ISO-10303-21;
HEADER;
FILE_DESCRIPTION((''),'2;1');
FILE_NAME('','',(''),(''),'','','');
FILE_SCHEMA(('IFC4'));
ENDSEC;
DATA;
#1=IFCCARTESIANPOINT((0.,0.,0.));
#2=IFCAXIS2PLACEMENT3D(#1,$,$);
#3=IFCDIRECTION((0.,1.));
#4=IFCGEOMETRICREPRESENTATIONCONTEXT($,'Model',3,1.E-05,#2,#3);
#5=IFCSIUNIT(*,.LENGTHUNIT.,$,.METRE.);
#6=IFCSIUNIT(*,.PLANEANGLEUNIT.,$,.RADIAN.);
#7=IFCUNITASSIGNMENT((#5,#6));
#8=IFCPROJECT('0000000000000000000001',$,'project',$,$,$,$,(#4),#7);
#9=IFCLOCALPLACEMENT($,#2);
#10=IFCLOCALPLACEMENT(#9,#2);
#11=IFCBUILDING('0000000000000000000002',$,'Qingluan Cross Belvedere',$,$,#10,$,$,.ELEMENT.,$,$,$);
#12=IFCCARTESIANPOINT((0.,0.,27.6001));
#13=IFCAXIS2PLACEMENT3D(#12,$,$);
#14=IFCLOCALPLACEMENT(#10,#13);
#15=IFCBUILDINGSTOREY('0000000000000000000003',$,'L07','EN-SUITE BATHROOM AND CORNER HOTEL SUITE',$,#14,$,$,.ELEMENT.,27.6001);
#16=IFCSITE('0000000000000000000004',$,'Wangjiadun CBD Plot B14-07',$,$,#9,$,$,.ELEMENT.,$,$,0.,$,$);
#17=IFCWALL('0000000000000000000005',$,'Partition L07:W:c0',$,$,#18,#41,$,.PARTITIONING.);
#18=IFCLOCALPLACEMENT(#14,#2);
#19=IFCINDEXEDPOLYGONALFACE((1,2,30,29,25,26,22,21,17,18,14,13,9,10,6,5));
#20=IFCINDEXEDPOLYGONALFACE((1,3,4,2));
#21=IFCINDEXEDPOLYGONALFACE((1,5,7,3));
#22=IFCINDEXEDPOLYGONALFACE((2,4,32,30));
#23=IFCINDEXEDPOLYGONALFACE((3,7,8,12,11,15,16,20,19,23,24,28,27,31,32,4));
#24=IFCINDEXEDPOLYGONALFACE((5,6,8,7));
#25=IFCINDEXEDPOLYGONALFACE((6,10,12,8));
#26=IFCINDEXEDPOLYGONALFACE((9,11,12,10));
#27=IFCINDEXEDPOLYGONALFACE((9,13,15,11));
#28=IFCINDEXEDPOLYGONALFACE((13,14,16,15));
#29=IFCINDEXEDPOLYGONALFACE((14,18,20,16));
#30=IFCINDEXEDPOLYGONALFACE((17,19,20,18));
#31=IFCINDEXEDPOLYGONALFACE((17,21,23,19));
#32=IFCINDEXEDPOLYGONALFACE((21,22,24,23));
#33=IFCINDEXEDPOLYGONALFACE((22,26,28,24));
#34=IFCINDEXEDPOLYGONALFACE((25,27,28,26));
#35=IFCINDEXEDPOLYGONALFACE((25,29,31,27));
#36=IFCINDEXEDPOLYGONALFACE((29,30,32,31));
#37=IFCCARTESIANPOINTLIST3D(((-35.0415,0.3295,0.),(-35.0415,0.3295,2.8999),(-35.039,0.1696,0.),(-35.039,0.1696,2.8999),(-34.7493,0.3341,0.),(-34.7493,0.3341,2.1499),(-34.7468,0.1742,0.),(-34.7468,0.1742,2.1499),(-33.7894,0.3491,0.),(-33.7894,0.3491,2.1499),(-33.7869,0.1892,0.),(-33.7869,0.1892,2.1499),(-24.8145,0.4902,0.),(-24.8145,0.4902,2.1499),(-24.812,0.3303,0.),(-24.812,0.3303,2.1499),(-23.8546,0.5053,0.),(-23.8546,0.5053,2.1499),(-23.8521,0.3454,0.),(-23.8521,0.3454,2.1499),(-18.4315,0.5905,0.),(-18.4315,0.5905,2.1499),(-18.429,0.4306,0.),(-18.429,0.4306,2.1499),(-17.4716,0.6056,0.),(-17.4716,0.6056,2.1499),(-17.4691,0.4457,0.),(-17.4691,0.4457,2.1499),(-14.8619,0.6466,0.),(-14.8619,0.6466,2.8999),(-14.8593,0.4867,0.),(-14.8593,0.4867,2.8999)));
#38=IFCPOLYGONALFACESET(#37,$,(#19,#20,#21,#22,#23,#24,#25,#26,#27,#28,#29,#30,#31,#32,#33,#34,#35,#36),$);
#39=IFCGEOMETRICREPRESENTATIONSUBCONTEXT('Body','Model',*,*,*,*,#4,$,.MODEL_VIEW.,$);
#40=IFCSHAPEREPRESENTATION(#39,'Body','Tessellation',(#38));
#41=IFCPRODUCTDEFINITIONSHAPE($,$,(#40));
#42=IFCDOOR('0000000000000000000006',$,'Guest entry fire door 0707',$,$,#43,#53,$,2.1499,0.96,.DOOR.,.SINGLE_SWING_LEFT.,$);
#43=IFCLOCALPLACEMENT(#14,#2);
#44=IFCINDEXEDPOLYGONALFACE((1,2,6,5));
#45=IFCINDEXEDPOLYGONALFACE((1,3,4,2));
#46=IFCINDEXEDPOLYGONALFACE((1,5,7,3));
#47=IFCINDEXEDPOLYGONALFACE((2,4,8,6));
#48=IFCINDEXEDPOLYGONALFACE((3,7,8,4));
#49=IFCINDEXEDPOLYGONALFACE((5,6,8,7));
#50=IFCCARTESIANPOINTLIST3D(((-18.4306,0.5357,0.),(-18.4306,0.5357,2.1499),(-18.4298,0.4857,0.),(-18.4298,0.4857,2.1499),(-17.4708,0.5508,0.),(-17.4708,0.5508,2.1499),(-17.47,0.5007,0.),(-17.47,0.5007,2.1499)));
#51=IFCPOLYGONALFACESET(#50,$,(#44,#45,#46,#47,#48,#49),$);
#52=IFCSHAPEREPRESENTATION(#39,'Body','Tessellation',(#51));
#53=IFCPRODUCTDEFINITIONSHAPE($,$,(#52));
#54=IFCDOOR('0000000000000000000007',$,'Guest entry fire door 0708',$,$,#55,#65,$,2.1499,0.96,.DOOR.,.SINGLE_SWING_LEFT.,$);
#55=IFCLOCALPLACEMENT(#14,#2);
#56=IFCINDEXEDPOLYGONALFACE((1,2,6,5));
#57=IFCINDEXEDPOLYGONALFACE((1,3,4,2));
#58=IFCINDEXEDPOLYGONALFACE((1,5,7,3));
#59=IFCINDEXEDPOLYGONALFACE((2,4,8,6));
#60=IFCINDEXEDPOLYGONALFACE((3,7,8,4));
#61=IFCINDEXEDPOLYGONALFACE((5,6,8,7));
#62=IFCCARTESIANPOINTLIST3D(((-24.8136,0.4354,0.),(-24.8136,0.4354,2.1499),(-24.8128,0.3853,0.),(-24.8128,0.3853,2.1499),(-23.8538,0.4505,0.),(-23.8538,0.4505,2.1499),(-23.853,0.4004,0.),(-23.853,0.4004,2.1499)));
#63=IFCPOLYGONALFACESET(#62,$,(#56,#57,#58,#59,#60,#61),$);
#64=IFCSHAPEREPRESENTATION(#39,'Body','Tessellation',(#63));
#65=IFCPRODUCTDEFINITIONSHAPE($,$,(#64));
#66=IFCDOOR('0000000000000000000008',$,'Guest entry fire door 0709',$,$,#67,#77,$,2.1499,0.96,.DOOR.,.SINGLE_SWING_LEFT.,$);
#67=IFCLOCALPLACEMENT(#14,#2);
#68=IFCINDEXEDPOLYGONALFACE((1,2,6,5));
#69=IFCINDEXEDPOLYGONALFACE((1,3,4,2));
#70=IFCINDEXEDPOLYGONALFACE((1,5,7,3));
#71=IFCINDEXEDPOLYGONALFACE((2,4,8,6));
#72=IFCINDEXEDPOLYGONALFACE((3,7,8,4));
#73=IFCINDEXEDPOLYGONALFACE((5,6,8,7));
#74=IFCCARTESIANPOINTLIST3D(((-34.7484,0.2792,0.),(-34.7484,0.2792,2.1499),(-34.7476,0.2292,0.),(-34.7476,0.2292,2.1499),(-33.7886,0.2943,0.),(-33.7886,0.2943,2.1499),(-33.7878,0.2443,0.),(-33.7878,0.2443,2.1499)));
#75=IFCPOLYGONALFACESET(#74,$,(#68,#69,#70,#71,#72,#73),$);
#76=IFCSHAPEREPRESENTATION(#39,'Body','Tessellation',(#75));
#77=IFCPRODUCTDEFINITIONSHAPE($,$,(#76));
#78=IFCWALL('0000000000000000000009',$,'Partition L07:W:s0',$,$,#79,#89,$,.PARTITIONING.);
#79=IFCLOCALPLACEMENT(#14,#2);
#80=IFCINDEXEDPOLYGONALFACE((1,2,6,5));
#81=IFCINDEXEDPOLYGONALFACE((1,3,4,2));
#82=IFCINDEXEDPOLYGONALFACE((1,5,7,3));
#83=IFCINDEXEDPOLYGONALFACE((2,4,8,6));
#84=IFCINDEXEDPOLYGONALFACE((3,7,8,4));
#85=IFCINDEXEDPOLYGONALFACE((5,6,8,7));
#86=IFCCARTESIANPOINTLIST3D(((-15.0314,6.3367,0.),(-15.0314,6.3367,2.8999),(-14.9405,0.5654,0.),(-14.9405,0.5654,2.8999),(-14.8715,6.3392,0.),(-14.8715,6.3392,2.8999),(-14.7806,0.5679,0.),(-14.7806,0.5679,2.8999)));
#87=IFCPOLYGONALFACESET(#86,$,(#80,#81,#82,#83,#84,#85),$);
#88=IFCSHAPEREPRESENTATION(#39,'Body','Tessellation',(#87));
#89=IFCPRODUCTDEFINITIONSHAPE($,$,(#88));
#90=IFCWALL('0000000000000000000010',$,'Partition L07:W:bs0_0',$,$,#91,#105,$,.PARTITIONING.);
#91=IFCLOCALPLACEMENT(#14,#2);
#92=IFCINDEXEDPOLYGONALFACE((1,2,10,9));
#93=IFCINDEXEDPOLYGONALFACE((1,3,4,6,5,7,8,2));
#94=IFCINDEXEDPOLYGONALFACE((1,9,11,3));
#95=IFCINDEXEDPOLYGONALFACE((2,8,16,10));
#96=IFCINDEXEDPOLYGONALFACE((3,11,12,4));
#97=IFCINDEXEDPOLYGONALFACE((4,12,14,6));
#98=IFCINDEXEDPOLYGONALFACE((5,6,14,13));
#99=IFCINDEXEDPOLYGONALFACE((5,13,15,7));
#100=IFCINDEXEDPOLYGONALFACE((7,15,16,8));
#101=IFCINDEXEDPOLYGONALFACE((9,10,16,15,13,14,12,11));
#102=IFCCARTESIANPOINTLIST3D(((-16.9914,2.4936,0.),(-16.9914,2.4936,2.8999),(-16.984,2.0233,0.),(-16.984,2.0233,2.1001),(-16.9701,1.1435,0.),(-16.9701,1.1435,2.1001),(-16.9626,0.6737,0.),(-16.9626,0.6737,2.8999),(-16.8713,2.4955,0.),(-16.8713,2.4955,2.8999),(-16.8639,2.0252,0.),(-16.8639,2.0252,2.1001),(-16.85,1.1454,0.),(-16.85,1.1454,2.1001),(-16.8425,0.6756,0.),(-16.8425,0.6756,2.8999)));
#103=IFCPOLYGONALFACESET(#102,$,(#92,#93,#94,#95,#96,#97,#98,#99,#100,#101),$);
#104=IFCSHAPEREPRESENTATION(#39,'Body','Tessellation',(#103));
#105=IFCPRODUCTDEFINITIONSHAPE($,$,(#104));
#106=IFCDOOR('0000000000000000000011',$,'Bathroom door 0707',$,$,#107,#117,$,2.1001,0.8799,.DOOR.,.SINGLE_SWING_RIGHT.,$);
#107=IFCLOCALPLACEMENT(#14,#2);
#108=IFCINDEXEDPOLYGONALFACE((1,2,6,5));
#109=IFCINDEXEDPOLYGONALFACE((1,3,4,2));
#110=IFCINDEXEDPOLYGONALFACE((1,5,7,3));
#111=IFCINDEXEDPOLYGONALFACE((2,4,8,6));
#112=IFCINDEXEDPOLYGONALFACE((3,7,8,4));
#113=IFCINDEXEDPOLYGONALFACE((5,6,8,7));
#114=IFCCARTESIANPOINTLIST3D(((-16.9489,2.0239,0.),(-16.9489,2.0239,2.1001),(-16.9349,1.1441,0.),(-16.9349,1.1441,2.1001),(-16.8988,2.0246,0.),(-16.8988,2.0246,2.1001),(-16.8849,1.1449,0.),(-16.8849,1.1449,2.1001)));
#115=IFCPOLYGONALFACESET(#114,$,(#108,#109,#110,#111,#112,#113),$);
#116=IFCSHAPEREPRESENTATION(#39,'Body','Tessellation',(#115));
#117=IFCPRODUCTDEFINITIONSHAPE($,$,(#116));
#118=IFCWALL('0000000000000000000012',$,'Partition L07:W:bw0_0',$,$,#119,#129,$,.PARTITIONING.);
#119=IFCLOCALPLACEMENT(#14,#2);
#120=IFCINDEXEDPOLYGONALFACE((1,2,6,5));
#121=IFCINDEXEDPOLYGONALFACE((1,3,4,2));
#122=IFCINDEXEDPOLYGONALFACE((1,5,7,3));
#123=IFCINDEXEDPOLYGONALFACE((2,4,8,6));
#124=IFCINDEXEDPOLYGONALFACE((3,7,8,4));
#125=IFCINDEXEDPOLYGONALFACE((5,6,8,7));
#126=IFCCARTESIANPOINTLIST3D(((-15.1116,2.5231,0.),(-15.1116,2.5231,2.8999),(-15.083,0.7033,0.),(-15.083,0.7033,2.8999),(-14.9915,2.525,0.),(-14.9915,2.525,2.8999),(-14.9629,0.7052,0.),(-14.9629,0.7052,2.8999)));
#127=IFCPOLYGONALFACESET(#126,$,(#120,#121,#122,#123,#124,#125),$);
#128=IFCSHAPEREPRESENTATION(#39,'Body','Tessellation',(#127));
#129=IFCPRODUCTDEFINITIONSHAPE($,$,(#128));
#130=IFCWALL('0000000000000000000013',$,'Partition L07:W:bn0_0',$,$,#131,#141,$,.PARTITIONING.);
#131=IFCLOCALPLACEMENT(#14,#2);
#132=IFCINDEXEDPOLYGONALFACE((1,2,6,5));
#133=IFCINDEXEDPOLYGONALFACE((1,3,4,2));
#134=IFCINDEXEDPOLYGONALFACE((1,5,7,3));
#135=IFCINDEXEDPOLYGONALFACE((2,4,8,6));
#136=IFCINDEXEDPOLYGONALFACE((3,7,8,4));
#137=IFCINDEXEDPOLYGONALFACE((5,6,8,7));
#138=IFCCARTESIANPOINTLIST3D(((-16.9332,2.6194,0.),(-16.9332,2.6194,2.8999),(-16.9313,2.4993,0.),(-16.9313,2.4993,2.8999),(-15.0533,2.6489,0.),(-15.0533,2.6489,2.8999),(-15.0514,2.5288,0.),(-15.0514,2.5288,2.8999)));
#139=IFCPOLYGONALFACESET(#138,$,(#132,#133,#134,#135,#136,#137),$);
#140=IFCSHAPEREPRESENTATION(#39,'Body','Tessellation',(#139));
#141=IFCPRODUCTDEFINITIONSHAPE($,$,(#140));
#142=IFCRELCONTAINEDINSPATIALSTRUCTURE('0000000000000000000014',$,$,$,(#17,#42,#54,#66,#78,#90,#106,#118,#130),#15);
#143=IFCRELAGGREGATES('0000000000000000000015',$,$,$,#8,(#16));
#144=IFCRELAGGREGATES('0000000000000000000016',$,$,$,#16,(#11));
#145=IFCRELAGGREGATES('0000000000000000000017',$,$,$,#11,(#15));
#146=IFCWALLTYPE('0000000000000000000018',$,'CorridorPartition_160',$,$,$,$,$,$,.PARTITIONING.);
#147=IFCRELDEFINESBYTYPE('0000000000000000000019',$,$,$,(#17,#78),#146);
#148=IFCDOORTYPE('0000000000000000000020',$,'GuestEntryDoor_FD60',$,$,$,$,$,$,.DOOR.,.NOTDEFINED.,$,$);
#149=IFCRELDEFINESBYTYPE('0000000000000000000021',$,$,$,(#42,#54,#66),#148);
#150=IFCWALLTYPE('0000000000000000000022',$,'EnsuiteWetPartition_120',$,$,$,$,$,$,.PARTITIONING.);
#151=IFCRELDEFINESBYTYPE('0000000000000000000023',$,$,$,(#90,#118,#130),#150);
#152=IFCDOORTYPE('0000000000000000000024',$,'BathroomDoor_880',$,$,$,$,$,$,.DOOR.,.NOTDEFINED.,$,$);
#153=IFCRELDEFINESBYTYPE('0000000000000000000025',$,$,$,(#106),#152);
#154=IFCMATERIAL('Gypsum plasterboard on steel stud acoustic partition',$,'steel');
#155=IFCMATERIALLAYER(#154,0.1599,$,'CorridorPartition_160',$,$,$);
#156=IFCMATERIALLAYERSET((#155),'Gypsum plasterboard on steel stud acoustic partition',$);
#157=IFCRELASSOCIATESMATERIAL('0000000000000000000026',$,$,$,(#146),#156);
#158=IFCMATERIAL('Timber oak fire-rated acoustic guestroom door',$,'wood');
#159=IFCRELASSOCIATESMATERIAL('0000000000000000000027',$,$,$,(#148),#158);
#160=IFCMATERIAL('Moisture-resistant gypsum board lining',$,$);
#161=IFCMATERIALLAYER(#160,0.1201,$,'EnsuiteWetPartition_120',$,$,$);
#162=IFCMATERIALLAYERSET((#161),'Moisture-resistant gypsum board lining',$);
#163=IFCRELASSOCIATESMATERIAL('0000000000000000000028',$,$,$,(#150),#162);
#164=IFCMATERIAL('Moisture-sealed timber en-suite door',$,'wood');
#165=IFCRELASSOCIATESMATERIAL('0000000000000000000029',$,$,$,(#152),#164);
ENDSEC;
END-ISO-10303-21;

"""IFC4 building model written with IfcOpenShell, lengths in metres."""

from ifc_helpers import new_model, si_unit, direction, frame, frame_2d, origin, place, context, subcontext, project, spatial, rectangle, extrude, material, layer, layer_set, type_object, element, fill, save


model = new_model("IFC4")

# Units and contexts
model_context = context("Model", 3, precision=1e-05, world=origin(), true_north=direction((0.0, 1.0)))
body_context = subcontext(model_context, "Body", "Model", "MODEL_VIEW")
ifc_project = project(units=[si_unit("LENGTHUNIT", "METRE"), si_unit("PLANEANGLEUNIT", "RADIAN")], contexts=[model_context])

# Site, building, storey
site_placement = place(None, origin())
site = spatial("IfcSite", under=ifc_project, at=site_placement, Name="Wangjiadun CBD Plot B14-07", CompositionType="ELEMENT", RefElevation=0.0)
building_placement = place(site_placement, origin())
building = spatial("IfcBuilding", under=site, at=building_placement, Name="Qingluan Cross Belvedere", CompositionType="ELEMENT")
storey_placement = place(building_placement, frame((0.0, 0.0, 27.6001)))
storey = spatial("IfcBuildingStorey", under=building, at=storey_placement, Name="L07", Description="EN-SUITE BATHROOM AND CORNER HOTEL SUITE", CompositionType="ELEMENT", Elevation=27.6001)

# Wall, openings, doors
ifc_material_1 = material(Name="Gypsum plasterboard on steel stud acoustic partition", Category="steel")
ifc_layer_1 = layer(ifc_material_1, 0.1599, Name="CorridorPartition_160")
ifc_layer_set_1 = layer_set([ifc_layer_1], Name="Gypsum plasterboard on steel stud acoustic partition")
wall_type_1 = type_object("IfcWallType", Name="CorridorPartition_160", PredefinedType="PARTITIONING", material=ifc_layer_set_1)
wall_1_placement = place(storey_placement, frame((-14.8606, 0.5667, 0.0), z_axis=(0.0, 0.0, 1.0), x_axis=(-0.999877, -0.015714, 0.0)))
wall_1 = element("IfcWall", 1, at=wall_1_placement, inside=storey, type_object=wall_type_1, Name="Partition L07:W:c0", PredefinedType="PARTITIONING", context=body_context, shape_type="SweptSolid", body=[
    extrude(rectangle(XDim=20.1821, YDim=0.1599, at=frame_2d((10.0911, 0.0))), origin(), (0.0, 0.0, 1.0), 2.8999),
])
opening_1_placement = place(wall_1_placement, frame((2.6101, 0.0, 0.0)))
opening_1 = element("IfcOpeningElement", 2, at=opening_1_placement, cuts=wall_1, PredefinedType="OPENING", context=body_context, shape_type="SweptSolid", body=[
    extrude(rectangle(XDim=0.96, YDim=2.1499, at=frame_2d((0.48, 1.075))), frame((0.0, 0.0898, 0.0), z_axis=(0.0, -1.0, 0.0), x_axis=(1.0, 0.0, 0.0)), (0.0, 0.0, 1.0), 0.1799),
])
opening_2_placement = place(wall_1_placement, frame((8.9939, 0.0, 0.0)))
opening_2 = element("IfcOpeningElement", 3, at=opening_2_placement, cuts=wall_1, PredefinedType="OPENING", context=body_context, shape_type="SweptSolid", body=[
    extrude(rectangle(XDim=0.96, YDim=2.1499, at=frame_2d((0.48, 1.075))), frame((0.0, 0.0898, 0.0), z_axis=(0.0, -1.0, 0.0), x_axis=(1.0, 0.0, 0.0)), (0.0, 0.0, 1.0), 0.1799),
])
opening_3_placement = place(wall_1_placement, frame((18.9299, 0.0, 0.0)))
opening_3 = element("IfcOpeningElement", 4, at=opening_3_placement, cuts=wall_1, PredefinedType="OPENING", context=body_context, shape_type="SweptSolid", body=[
    extrude(rectangle(XDim=0.96, YDim=2.1499, at=frame_2d((0.48, 1.075))), frame((0.0, 0.0898, 0.0), z_axis=(0.0, -1.0, 0.0), x_axis=(1.0, 0.0, 0.0)), (0.0, 0.0, 1.0), 0.1799),
])
ifc_material_2 = material(Name="Timber oak fire-rated acoustic guestroom door", Category="wood")
door_type_1 = type_object("IfcDoorType", Name="GuestEntryDoor_FD60", OperationType="NOTDEFINED", PredefinedType="DOOR", material=ifc_material_2)
door_1_placement = place(opening_1_placement, origin())
door_1 = element("IfcDoor", 5, at=door_1_placement, inside=storey, type_object=door_type_1, Name="Guest entry fire door 0707", OperationType="SINGLE_SWING_LEFT", OverallHeight=2.1499, OverallWidth=0.96, PredefinedType="DOOR", context=body_context, shape_type="SweptSolid", body=[
    extrude(rectangle(XDim=0.96, YDim=2.1499, at=frame_2d((0.48, 1.075))), frame((0.0, 0.0249, 0.0), z_axis=(0.0, -1.0, 0.0), x_axis=(1.0, 0.0, 0.0)), (0.0, 0.0, 1.0), 0.05),
])
fill(opening_1, door_1)
door_2_placement = place(opening_2_placement, origin())
door_2 = element("IfcDoor", 6, at=door_2_placement, inside=storey, type_object=door_type_1, Name="Guest entry fire door 0708", OperationType="SINGLE_SWING_LEFT", OverallHeight=2.1499, OverallWidth=0.96, PredefinedType="DOOR", context=body_context, shape_type="SweptSolid", body=[
    extrude(rectangle(XDim=0.96, YDim=2.1499, at=frame_2d((0.48, 1.075))), frame((0.0, 0.0249, 0.0), z_axis=(0.0, -1.0, 0.0), x_axis=(1.0, 0.0, 0.0)), (0.0, 0.0, 1.0), 0.05),
])
fill(opening_2, door_2)
door_3_placement = place(opening_3_placement, origin())
door_3 = element("IfcDoor", 7, at=door_3_placement, inside=storey, type_object=door_type_1, Name="Guest entry fire door 0709", OperationType="SINGLE_SWING_LEFT", OverallHeight=2.1499, OverallWidth=0.96, PredefinedType="DOOR", context=body_context, shape_type="SweptSolid", body=[
    extrude(rectangle(XDim=0.96, YDim=2.1499, at=frame_2d((0.48, 1.075))), frame((0.0, 0.0249, 0.0), z_axis=(0.0, -1.0, 0.0), x_axis=(1.0, 0.0, 0.0)), (0.0, 0.0, 1.0), 0.05),
])
fill(opening_3, door_3)

# Wall
wall_2_placement = place(storey_placement, frame((-14.8606, 0.5667, 0.0), z_axis=(0.0, 0.0, 1.0), x_axis=(-0.015735, 0.999876, 0.0)))
element("IfcWall", 8, at=wall_2_placement, inside=storey, type_object=wall_type_1, Name="Partition L07:W:s0", PredefinedType="PARTITIONING", context=body_context, shape_type="SweptSolid", body=[
    extrude(rectangle(XDim=5.772, YDim=0.1599, at=frame_2d((2.886, 0.0))), origin(), (0.0, 0.0, 1.0), 2.8999),
])

# Wall, opening, door
ifc_material_3 = material(Name="Moisture-resistant gypsum board lining")
ifc_layer_2 = layer(ifc_material_3, 0.1201, Name="EnsuiteWetPartition_120")
ifc_layer_set_2 = layer_set([ifc_layer_2], Name="Moisture-resistant gypsum board lining")
wall_type_2 = type_object("IfcWallType", Name="EnsuiteWetPartition_120", PredefinedType="PARTITIONING", material=ifc_layer_set_2)
wall_3_placement = place(storey_placement, frame((-16.9026, 0.6746, 0.0), z_axis=(0.0, 0.0, 1.0), x_axis=(-0.015828, 0.999875, 0.0)))
wall_3 = element("IfcWall", 9, at=wall_3_placement, inside=storey, type_object=wall_type_2, Name="Partition L07:W:bs0_0", PredefinedType="PARTITIONING", context=body_context, shape_type="SweptSolid", body=[
    extrude(rectangle(XDim=1.8201, YDim=0.1201, at=frame_2d((0.9102, 0.0))), origin(), (0.0, 0.0, 1.0), 2.8999),
])
opening_4_placement = place(wall_3_placement, frame((0.47, 0.0, 0.0)))
opening_4 = element("IfcOpeningElement", 10, at=opening_4_placement, cuts=wall_3, PredefinedType="OPENING", context=body_context, shape_type="SweptSolid", body=[
    extrude(rectangle(XDim=0.8799, YDim=2.1001, at=frame_2d((0.4399, 1.05))), frame((0.0, 0.0701, 0.0), z_axis=(0.0, -1.0, 0.0), x_axis=(1.0, 0.0, 0.0)), (0.0, 0.0, 1.0), 0.1401),
])
ifc_material_4 = material(Name="Moisture-sealed timber en-suite door", Category="wood")
door_type_2 = type_object("IfcDoorType", Name="BathroomDoor_880", OperationType="NOTDEFINED", PredefinedType="DOOR", material=ifc_material_4)
door_4_placement = place(opening_4_placement, origin())
door_4 = element("IfcDoor", 11, at=door_4_placement, inside=storey, type_object=door_type_2, Name="Bathroom door 0707", OperationType="SINGLE_SWING_RIGHT", OverallHeight=2.1001, OverallWidth=0.8799, PredefinedType="DOOR", context=body_context, shape_type="SweptSolid", body=[
    extrude(rectangle(XDim=0.8799, YDim=2.1001, at=frame_2d((0.4399, 1.05))), frame((0.0, 0.0249, 0.0), z_axis=(0.0, -1.0, 0.0), x_axis=(1.0, 0.0, 0.0)), (0.0, 0.0, 1.0), 0.05),
])
fill(opening_4, door_4)

# Walls
wall_4_placement = place(storey_placement, frame((-15.0229, 0.7041, 0.0), z_axis=(0.0, 0.0, 1.0), x_axis=(-0.015694, 0.999877, 0.0)))
element("IfcWall", 12, at=wall_4_placement, inside=storey, type_object=wall_type_2, Name="Partition L07:W:bw0_0", PredefinedType="PARTITIONING", context=body_context, shape_type="SweptSolid", body=[
    extrude(rectangle(XDim=1.8201, YDim=0.1201, at=frame_2d((0.9102, 0.0))), origin(), (0.0, 0.0, 1.0), 2.8999),
])
wall_5_placement = place(storey_placement, frame((-15.0525, 2.5889, 0.0), z_axis=(0.0, 0.0, 1.0), x_axis=(-0.999877, -0.015712, 0.0)))
element("IfcWall", 13, at=wall_5_placement, inside=storey, type_object=wall_type_2, Name="Partition L07:W:bn0_0", PredefinedType="PARTITIONING", context=body_context, shape_type="SweptSolid", body=[
    extrude(rectangle(XDim=1.8801, YDim=0.1201, at=frame_2d((0.9399, 0.0))), origin(), (0.0, 0.0, 1.0), 2.8999),
])

save(model, "model.ifc")
